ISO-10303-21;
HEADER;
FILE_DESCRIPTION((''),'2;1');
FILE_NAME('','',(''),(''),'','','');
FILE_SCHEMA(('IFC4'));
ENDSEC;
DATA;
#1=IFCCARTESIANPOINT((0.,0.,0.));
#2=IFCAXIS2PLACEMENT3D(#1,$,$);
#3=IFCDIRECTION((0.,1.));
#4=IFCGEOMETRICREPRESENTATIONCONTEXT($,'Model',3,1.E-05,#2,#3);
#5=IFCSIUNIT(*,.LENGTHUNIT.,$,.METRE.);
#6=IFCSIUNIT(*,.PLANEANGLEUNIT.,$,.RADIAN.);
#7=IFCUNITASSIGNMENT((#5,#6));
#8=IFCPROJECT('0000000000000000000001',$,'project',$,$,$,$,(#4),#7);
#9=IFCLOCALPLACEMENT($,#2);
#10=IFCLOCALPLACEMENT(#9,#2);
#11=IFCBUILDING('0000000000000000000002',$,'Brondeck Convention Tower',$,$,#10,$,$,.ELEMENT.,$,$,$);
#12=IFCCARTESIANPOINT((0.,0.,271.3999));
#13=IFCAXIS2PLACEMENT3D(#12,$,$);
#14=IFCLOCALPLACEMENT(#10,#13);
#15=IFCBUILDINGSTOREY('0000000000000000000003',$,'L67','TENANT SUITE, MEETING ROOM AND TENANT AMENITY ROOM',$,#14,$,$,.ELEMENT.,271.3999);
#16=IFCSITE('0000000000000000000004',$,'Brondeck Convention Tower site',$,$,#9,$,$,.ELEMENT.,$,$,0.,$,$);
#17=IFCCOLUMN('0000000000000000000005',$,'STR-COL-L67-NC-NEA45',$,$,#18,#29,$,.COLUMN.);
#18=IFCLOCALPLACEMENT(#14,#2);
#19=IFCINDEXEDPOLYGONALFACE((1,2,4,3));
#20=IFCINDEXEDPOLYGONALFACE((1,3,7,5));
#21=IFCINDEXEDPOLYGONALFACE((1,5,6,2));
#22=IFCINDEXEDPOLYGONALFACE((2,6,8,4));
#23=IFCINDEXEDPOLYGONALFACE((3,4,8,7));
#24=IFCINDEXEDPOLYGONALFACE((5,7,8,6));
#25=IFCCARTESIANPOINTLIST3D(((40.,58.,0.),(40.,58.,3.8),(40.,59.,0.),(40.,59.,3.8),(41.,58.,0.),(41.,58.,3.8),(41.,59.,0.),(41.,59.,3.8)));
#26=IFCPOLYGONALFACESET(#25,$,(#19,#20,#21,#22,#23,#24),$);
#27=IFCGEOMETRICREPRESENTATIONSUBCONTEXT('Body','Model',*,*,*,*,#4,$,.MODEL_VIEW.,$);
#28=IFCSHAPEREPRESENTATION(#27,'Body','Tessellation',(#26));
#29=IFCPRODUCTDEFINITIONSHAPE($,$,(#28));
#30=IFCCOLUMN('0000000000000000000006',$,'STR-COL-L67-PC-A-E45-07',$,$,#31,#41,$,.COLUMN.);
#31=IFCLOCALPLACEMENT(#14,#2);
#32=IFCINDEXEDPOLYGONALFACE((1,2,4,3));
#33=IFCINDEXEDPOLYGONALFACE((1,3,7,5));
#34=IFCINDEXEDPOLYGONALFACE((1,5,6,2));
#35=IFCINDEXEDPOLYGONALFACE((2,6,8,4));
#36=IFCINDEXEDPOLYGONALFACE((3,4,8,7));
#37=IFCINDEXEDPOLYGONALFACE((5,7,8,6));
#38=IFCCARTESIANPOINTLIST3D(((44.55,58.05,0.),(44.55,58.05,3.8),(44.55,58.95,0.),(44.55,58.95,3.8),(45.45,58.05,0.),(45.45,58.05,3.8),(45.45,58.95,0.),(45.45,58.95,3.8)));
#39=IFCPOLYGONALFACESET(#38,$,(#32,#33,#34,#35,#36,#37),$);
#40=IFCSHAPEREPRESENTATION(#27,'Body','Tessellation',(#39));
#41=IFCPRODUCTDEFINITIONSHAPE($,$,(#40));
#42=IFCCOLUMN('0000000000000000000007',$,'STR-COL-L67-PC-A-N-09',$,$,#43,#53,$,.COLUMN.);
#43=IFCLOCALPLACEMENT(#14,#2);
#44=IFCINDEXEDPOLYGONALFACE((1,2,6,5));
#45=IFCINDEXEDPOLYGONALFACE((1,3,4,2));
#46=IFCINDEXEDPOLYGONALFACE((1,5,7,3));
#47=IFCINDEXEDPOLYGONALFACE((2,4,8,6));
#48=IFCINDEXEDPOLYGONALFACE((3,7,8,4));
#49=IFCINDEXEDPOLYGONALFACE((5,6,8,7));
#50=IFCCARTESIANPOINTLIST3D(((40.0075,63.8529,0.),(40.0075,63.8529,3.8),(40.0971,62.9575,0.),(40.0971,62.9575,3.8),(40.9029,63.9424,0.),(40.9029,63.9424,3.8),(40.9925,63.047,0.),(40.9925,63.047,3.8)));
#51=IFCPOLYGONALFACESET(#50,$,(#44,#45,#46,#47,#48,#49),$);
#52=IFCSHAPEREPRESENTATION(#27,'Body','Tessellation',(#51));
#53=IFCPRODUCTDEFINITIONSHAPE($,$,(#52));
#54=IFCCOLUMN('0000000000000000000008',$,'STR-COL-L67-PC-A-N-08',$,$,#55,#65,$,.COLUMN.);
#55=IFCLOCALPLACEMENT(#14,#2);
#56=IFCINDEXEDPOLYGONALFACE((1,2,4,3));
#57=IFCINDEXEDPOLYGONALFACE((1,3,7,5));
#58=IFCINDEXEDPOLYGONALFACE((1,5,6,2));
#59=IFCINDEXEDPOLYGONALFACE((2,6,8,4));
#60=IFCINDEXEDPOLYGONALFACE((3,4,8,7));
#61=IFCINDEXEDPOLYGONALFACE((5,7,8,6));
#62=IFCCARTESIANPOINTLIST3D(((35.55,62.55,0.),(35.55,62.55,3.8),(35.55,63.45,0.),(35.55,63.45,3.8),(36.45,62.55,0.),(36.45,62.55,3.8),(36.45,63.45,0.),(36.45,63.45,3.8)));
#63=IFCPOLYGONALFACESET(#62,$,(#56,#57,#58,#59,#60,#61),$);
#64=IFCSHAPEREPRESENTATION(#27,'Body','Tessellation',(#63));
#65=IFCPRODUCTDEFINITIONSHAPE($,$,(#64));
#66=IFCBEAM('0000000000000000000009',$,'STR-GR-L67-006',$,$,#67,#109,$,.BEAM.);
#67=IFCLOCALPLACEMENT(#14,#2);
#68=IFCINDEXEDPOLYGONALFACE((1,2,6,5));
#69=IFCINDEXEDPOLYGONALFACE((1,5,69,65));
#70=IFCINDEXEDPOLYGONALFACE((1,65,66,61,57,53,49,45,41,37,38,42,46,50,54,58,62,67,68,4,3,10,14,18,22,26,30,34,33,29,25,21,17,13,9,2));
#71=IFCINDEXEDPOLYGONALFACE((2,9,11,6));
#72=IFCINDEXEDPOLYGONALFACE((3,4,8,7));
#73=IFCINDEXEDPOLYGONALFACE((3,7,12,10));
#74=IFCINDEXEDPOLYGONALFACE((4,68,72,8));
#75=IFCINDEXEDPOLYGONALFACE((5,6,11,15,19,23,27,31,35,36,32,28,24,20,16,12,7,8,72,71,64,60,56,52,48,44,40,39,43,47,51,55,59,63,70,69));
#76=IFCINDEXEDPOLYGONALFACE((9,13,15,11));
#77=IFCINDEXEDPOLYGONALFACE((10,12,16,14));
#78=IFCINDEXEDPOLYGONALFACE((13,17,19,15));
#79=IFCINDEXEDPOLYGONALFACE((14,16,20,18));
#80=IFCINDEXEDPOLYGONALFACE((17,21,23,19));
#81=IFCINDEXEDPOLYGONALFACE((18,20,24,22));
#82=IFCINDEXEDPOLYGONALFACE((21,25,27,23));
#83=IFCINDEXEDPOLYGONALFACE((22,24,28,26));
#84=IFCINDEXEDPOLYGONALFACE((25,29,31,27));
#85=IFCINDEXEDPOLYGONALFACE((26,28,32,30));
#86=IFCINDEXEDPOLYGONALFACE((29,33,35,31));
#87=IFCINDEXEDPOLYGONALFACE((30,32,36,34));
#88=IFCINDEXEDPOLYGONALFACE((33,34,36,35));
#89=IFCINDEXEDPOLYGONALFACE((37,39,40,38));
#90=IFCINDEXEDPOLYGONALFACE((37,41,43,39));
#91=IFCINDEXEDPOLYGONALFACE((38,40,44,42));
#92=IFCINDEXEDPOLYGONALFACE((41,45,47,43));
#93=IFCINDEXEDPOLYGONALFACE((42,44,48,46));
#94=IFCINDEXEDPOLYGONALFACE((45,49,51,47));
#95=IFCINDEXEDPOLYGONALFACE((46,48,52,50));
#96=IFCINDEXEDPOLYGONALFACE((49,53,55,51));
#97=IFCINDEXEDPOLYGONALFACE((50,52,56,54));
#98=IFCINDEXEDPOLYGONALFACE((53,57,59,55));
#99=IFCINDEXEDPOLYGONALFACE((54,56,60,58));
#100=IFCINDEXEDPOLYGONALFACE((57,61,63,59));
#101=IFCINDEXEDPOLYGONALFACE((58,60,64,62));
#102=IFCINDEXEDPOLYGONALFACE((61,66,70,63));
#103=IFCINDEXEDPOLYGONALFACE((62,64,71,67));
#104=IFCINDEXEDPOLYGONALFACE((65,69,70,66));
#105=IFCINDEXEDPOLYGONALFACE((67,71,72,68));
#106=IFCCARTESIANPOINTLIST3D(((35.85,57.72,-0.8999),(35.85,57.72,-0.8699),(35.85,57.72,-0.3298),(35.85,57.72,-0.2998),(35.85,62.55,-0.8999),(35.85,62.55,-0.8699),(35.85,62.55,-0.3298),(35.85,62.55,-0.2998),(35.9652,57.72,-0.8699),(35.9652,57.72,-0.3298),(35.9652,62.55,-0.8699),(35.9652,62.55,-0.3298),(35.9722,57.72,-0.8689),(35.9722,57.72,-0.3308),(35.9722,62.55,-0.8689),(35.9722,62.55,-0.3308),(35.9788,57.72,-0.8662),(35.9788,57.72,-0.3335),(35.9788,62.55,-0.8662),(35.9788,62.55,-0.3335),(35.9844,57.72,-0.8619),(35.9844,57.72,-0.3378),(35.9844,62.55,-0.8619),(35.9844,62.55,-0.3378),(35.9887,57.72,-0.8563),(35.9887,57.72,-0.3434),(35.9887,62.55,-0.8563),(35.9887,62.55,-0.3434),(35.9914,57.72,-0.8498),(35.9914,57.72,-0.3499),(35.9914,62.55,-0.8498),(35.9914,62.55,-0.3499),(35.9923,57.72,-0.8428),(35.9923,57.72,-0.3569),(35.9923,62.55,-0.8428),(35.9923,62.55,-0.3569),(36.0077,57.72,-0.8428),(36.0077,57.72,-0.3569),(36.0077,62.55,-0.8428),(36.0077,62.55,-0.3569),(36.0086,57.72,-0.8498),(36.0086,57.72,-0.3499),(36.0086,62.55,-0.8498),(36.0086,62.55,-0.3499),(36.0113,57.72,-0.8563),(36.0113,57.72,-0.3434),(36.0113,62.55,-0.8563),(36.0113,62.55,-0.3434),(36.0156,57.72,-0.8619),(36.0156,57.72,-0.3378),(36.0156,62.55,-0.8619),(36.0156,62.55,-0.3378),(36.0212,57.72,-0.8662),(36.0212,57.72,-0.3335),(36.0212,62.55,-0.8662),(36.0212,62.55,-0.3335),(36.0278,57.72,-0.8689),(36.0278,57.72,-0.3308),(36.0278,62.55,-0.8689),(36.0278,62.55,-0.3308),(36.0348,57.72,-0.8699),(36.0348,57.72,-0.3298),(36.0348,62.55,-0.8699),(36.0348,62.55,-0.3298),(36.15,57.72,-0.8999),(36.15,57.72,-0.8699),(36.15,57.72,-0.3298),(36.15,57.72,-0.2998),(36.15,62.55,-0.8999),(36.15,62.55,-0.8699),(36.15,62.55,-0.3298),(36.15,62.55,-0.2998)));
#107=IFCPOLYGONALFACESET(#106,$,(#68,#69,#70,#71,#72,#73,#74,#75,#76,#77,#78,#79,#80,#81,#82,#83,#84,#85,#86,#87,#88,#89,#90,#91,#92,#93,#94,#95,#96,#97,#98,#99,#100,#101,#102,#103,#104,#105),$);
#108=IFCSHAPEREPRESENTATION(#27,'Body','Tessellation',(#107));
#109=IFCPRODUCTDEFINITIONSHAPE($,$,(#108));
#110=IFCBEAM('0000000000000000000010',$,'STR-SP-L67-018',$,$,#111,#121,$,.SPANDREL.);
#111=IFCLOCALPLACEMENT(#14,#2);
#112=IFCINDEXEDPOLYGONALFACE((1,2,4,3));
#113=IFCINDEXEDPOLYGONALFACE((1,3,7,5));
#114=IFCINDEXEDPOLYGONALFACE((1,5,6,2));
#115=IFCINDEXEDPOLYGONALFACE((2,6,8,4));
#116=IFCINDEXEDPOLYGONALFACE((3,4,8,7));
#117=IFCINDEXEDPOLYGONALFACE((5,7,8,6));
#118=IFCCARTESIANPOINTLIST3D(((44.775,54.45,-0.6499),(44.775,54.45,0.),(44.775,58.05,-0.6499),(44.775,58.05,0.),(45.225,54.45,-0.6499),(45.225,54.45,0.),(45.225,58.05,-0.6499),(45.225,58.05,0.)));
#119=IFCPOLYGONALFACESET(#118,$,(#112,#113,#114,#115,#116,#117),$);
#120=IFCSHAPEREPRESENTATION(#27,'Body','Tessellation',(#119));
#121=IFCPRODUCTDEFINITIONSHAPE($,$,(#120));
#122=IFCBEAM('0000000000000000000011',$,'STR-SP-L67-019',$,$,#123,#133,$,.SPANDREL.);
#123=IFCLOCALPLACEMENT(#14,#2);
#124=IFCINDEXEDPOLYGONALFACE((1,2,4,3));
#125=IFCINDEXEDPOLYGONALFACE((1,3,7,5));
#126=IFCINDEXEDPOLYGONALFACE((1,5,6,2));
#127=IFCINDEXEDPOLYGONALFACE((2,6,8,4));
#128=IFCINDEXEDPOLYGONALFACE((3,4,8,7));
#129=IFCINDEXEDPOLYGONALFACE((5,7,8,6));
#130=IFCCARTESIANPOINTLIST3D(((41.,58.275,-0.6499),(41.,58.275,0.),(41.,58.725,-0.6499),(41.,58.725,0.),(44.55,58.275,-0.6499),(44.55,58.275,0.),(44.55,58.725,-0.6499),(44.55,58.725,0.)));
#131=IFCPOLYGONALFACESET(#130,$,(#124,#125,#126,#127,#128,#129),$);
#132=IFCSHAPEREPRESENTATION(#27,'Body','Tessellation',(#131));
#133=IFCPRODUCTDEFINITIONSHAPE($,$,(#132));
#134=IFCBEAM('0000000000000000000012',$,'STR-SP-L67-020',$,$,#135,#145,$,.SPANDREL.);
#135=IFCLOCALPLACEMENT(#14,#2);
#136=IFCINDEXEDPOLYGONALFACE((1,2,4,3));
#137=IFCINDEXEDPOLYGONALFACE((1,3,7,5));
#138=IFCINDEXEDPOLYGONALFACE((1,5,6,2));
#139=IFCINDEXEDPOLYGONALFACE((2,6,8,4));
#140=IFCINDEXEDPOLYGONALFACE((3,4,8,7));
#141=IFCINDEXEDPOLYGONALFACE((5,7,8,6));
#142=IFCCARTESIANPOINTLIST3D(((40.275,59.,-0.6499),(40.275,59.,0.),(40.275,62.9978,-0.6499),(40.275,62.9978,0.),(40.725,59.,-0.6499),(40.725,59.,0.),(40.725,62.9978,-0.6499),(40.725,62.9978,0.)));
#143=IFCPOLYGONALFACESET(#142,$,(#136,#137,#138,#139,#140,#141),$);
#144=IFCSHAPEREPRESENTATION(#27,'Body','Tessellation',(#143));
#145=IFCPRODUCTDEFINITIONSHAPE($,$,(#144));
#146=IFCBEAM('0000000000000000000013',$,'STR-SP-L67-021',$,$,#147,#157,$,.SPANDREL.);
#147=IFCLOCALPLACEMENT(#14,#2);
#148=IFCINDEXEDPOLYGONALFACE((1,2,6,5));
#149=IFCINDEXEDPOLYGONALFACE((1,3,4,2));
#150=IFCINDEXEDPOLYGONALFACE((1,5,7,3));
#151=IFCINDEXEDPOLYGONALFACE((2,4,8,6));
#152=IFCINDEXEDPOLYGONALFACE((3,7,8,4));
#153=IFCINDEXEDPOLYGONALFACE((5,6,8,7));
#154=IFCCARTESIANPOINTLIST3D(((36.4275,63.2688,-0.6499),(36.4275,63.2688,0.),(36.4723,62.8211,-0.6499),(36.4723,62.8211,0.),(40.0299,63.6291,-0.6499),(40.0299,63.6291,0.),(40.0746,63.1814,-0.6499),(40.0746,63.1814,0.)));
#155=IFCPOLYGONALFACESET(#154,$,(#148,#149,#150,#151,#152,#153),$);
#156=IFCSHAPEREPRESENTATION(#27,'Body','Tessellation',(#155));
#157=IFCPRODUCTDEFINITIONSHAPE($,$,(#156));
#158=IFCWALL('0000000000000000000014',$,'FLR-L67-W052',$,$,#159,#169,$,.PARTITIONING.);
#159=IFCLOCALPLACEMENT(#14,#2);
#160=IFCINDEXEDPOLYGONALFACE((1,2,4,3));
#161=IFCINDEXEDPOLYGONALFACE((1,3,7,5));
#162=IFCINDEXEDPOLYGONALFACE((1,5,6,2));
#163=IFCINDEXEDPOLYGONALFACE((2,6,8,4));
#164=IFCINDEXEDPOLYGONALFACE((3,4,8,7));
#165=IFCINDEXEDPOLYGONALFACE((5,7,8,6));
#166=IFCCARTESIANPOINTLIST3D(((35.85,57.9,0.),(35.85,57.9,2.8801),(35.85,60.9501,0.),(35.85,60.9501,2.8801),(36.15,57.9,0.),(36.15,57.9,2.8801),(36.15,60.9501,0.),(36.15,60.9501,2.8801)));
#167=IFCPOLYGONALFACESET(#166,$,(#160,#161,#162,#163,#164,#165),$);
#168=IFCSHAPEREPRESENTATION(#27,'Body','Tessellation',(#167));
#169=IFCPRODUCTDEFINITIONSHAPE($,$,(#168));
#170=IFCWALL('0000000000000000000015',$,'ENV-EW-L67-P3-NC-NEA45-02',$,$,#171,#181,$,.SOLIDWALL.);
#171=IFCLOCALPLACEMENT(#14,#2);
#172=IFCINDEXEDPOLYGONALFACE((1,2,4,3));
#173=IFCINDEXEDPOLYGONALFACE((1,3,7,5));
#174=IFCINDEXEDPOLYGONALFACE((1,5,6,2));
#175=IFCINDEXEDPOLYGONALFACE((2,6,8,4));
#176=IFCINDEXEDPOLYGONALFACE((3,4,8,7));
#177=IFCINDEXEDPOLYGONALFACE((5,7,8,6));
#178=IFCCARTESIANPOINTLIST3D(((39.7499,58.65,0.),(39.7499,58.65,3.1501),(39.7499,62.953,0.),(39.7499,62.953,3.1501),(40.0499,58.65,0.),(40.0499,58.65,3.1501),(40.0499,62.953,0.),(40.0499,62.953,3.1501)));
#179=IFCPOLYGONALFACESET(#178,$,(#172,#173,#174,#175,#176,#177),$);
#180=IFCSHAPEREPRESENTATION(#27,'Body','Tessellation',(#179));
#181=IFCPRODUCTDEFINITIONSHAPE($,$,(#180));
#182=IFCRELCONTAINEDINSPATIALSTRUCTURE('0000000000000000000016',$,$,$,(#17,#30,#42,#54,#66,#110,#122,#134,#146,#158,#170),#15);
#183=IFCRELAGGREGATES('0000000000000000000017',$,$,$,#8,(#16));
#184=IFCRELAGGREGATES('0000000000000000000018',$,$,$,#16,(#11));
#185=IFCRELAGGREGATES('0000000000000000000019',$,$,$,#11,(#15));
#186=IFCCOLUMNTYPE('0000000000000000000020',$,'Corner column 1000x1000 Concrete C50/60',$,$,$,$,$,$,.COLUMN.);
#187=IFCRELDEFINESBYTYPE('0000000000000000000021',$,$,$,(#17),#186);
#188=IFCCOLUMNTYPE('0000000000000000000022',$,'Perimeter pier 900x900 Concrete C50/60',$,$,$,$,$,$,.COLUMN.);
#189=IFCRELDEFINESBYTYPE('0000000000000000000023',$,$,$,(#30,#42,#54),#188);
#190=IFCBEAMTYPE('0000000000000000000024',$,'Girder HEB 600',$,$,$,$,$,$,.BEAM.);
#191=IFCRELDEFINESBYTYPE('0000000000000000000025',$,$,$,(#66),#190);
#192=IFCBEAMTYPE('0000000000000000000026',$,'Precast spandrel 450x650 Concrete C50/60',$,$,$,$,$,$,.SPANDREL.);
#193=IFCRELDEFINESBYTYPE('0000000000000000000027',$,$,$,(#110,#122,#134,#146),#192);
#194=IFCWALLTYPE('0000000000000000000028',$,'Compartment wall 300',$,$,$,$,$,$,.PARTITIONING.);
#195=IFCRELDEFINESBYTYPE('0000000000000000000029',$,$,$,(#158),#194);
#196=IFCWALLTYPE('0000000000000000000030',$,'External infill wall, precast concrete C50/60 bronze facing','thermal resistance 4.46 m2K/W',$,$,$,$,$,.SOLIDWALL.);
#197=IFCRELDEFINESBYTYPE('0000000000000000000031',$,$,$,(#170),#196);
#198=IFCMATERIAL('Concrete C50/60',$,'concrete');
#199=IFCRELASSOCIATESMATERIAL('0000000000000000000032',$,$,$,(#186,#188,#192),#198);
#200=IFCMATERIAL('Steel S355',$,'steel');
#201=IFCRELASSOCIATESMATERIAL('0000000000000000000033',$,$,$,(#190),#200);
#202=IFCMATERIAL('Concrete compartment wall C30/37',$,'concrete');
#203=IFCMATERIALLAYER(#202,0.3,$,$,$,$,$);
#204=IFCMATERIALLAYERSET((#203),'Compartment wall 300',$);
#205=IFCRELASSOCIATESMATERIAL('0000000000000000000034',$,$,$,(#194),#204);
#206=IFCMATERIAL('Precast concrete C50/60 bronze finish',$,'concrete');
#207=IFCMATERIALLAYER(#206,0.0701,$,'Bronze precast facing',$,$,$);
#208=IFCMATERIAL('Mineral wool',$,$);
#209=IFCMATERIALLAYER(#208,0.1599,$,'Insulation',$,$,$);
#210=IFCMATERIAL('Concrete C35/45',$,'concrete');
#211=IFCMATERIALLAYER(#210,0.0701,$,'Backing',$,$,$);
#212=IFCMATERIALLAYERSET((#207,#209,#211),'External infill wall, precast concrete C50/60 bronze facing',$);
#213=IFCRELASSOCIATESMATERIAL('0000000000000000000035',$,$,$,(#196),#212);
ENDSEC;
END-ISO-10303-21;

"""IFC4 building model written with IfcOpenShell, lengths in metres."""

from ifc_helpers import new_model, si_unit, direction, frame, frame_2d, origin, origin_2d, place, context, subcontext, project, spatial, rectangle, i_section, extrude, material, layer, layer_set, material_profile, profile_set, type_object, element, save


model = new_model("IFC4")

# Units and contexts
model_context = context("Model", 3, precision=1e-05, world=origin(), true_north=direction((0.0, 1.0)))
body_context = subcontext(model_context, "Body", "Model", "MODEL_VIEW")
ifc_project = project(units=[si_unit("LENGTHUNIT", "METRE"), si_unit("PLANEANGLEUNIT", "RADIAN")], contexts=[model_context])

# Site, building, storey
site_placement = place(None, origin())
site = spatial("IfcSite", under=ifc_project, at=site_placement, Name="Brondeck Convention Tower site", CompositionType="ELEMENT", RefElevation=0.0)
building_placement = place(site_placement, origin())
building = spatial("IfcBuilding", under=site, at=building_placement, Name="Brondeck Convention Tower", CompositionType="ELEMENT")
storey_placement = place(building_placement, frame((0.0, 0.0, 271.3999)))
storey = spatial("IfcBuildingStorey", under=building, at=storey_placement, Name="L67", Description="TENANT SUITE, MEETING ROOM AND TENANT AMENITY ROOM", CompositionType="ELEMENT", Elevation=271.3999)

# Columns
ifc_material_1 = material(Name="Concrete C50/60", Category="concrete")
ifc_material_profile_1 = material_profile(ifc_material_1, rectangle(XDim=1.0, YDim=1.0, at=origin_2d()), Name="Corner column 1000x1000 Concrete C50/60")
ifc_profile_set_1 = profile_set([ifc_material_profile_1], Name="Concrete C50/60")
column_type_1 = type_object("IfcColumnType", Name="Corner column 1000x1000 Concrete C50/60", PredefinedType="COLUMN", material=ifc_profile_set_1)
column_placement = place(storey_placement, frame((40.5, 58.5, 0.0), z_axis=(0.0, 0.0, 1.0), x_axis=(1.0, 0.0, 0.0)))
element("IfcColumn", 1, at=column_placement, inside=storey, type_object=column_type_1, Name="STR-COL-L67-NC-NEA45", PredefinedType="COLUMN", context=body_context, shape_type="SweptSolid", body=[
    extrude(rectangle(XDim=1.0, YDim=1.0, at=origin_2d()), origin(), (0.0, 0.0, 1.0), 3.8),
])
ifc_material_profile_2 = material_profile(ifc_material_1, rectangle(XDim=0.8999, YDim=0.8999, at=origin_2d()), Name="Perimeter pier 900x900 Concrete C50/60")
ifc_profile_set_2 = profile_set([ifc_material_profile_2], Name="Concrete C50/60")
column_type_2 = type_object("IfcColumnType", Name="Perimeter pier 900x900 Concrete C50/60", PredefinedType="COLUMN", material=ifc_profile_set_2)
for number, where, z_axis, x_axis, name in (
    (2, (45.0, 58.5, 0.0), (0.0, 0.0, 1.0), (0.0, 1.0, 0.0), "STR-COL-L67-PC-A-E45-07"),
    (3, (40.5, 63.45, 0.0), (0.0, 0.0, 1.0), (-0.995037, -0.099504, 0.0), "STR-COL-L67-PC-A-N-09"),
    (4, (36.0, 63.0, 0.0), (0.0, 0.0, 1.0), (-1.0, 0.0, 0.0), "STR-COL-L67-PC-A-N-08"),
):
    element("IfcColumn", number, at=place(storey_placement, frame(where, z_axis=z_axis, x_axis=x_axis)), inside=storey, type_object=column_type_2, Name=name, PredefinedType="COLUMN", context=body_context, shape_type="SweptSolid", body=[
        extrude(rectangle(XDim=0.8999, YDim=0.8999, at=origin_2d()), origin(), (0.0, 0.0, 1.0), 3.8),
    ])

# Beams
ifc_material_2 = material(Name="Steel S355", Category="steel")
ifc_material_profile_3 = material_profile(ifc_material_2, i_section(OverallWidth=0.3, OverallDepth=0.6001, WebThickness=0.0154, FlangeThickness=0.03, FilletRadius=0.0271, at=origin_2d()), Name="HEB 600")
ifc_profile_set_3 = profile_set([ifc_material_profile_3], Name="Steel S355")
beam_type_1 = type_object("IfcBeamType", Name="Girder HEB 600", PredefinedType="BEAM", material=ifc_profile_set_3)
beam_1_placement = place(storey_placement, frame((36.0, 57.72, -0.5999), z_axis=(0.0, 1.0, 0.0), x_axis=(-1.0, 0.0, 0.0)))
element("IfcBeam", 5, at=beam_1_placement, inside=storey, type_object=beam_type_1, Name="STR-GR-L67-006", PredefinedType="BEAM", context=body_context, shape_type="SweptSolid", body=[
    extrude(i_section(OverallWidth=0.3, OverallDepth=0.6001, WebThickness=0.0154, FlangeThickness=0.03, FilletRadius=0.0271, at=origin_2d()), origin(), (0.0, 0.0, 1.0), 4.8301),
])
ifc_material_profile_4 = material_profile(ifc_material_1, rectangle(XDim=0.45, YDim=0.6499, at=origin_2d()), Name="Precast spandrel 450x650 Concrete C50/60")
ifc_profile_set_4 = profile_set([ifc_material_profile_4], Name="Concrete C50/60")
beam_type_2 = type_object("IfcBeamType", Name="Precast spandrel 450x650 Concrete C50/60", PredefinedType="SPANDREL", material=ifc_profile_set_4)
beam_2_placement = place(storey_placement, frame((45.0, 54.45, -0.325), z_axis=(0.0, 1.0, 0.0), x_axis=(-1.0, 0.0, 0.0)))
element("IfcBeam", 6, at=beam_2_placement, inside=storey, type_object=beam_type_2, Name="STR-SP-L67-018", PredefinedType="SPANDREL", context=body_context, shape_type="SweptSolid", body=[
    extrude(rectangle(XDim=0.45, YDim=0.6499, at=origin_2d()), origin(), (0.0, 0.0, 1.0), 3.6001),
])
beam_3_placement = place(storey_placement, frame((44.55, 58.5, -0.325), z_axis=(-1.0, 0.0, 0.0), x_axis=(0.0, -1.0, 0.0)))
element("IfcBeam", 7, at=beam_3_placement, inside=storey, type_object=beam_type_2, Name="STR-SP-L67-019", PredefinedType="SPANDREL", context=body_context, shape_type="SweptSolid", body=[
    extrude(rectangle(XDim=0.45, YDim=0.6499, at=origin_2d()), origin(), (0.0, 0.0, 1.0), 3.55),
])
beam_4_placement = place(storey_placement, frame((40.5, 59.0, -0.325), z_axis=(0.0, 1.0, 0.0), x_axis=(-1.0, 0.0, 0.0)))
element("IfcBeam", 8, at=beam_4_placement, inside=storey, type_object=beam_type_2, Name="STR-SP-L67-020", PredefinedType="SPANDREL", context=body_context, shape_type="SweptSolid", body=[
    extrude(rectangle(XDim=0.45, YDim=0.6499, at=origin_2d()), origin(), (0.0, 0.0, 1.0), 3.9978),
])
beam_5_placement = place(storey_placement, frame((40.0522, 63.4053, -0.325), z_axis=(-0.995034, -0.099537, 0.0), x_axis=(0.099537, -0.995034, 0.0)))
element("IfcBeam", 9, at=beam_5_placement, inside=storey, type_object=beam_type_2, Name="STR-SP-L67-021", PredefinedType="SPANDREL", context=body_context, shape_type="SweptSolid", body=[
    extrude(rectangle(XDim=0.45, YDim=0.6499, at=origin_2d()), origin(), (0.0, 0.0, 1.0), 3.6204),
])

# Walls
ifc_material_3 = material(Name="Concrete compartment wall C30/37", Category="concrete")
ifc_layer_1 = layer(ifc_material_3, 0.3)
ifc_layer_set_1 = layer_set([ifc_layer_1], Name="Compartment wall 300")
wall_type_1 = type_object("IfcWallType", Name="Compartment wall 300", PredefinedType="PARTITIONING", material=ifc_layer_set_1)
wall_1_placement = place(storey_placement, frame((36.0, 60.95, 0.0), z_axis=(0.0, 0.0, 1.0), x_axis=(0.0, -1.0, 0.0)))
element("IfcWall", 10, at=wall_1_placement, inside=storey, type_object=wall_type_1, Name="FLR-L67-W052", PredefinedType="PARTITIONING", context=body_context, shape_type="SweptSolid", body=[
    extrude(rectangle(XDim=3.05, YDim=0.3, at=frame_2d((1.5249, 0.0))), origin(), (0.0, 0.0, 1.0), 2.8801),
])
ifc_material_4 = material(Name="Precast concrete C50/60 bronze finish", Category="concrete")
ifc_layer_2 = layer(ifc_material_4, 0.0701, Name="Bronze precast facing")
ifc_material_5 = material(Name="Mineral wool")
ifc_layer_3 = layer(ifc_material_5, 0.1599, Name="Insulation")
ifc_material_6 = material(Name="Concrete C35/45", Category="concrete")
ifc_layer_4 = layer(ifc_material_6, 0.0701, Name="Backing")
ifc_layer_set_2 = layer_set([ifc_layer_2, ifc_layer_3, ifc_layer_4], Name="External infill wall, precast concrete C50/60 bronze facing")
wall_type_2 = type_object("IfcWallType", Name="External infill wall, precast concrete C50/60 bronze facing", Description="thermal resistance 4.46 m2K/W", PredefinedType="SOLIDWALL", material=ifc_layer_set_2)
wall_2_placement = place(storey_placement, frame((39.8999, 62.9529, 0.0), z_axis=(0.0, 0.0, 1.0), x_axis=(0.0, -1.0, 0.0)))
element("IfcWall", 11, at=wall_2_placement, inside=storey, type_object=wall_type_2, Name="ENV-EW-L67-P3-NC-NEA45-02", PredefinedType="SOLIDWALL", context=body_context, shape_type="SweptSolid", body=[
    extrude(rectangle(XDim=4.303, YDim=0.3, at=frame_2d((2.1514, 0.0))), origin(), (0.0, 0.0, 1.0), 3.1501),
])

save(model, "model.ifc")
